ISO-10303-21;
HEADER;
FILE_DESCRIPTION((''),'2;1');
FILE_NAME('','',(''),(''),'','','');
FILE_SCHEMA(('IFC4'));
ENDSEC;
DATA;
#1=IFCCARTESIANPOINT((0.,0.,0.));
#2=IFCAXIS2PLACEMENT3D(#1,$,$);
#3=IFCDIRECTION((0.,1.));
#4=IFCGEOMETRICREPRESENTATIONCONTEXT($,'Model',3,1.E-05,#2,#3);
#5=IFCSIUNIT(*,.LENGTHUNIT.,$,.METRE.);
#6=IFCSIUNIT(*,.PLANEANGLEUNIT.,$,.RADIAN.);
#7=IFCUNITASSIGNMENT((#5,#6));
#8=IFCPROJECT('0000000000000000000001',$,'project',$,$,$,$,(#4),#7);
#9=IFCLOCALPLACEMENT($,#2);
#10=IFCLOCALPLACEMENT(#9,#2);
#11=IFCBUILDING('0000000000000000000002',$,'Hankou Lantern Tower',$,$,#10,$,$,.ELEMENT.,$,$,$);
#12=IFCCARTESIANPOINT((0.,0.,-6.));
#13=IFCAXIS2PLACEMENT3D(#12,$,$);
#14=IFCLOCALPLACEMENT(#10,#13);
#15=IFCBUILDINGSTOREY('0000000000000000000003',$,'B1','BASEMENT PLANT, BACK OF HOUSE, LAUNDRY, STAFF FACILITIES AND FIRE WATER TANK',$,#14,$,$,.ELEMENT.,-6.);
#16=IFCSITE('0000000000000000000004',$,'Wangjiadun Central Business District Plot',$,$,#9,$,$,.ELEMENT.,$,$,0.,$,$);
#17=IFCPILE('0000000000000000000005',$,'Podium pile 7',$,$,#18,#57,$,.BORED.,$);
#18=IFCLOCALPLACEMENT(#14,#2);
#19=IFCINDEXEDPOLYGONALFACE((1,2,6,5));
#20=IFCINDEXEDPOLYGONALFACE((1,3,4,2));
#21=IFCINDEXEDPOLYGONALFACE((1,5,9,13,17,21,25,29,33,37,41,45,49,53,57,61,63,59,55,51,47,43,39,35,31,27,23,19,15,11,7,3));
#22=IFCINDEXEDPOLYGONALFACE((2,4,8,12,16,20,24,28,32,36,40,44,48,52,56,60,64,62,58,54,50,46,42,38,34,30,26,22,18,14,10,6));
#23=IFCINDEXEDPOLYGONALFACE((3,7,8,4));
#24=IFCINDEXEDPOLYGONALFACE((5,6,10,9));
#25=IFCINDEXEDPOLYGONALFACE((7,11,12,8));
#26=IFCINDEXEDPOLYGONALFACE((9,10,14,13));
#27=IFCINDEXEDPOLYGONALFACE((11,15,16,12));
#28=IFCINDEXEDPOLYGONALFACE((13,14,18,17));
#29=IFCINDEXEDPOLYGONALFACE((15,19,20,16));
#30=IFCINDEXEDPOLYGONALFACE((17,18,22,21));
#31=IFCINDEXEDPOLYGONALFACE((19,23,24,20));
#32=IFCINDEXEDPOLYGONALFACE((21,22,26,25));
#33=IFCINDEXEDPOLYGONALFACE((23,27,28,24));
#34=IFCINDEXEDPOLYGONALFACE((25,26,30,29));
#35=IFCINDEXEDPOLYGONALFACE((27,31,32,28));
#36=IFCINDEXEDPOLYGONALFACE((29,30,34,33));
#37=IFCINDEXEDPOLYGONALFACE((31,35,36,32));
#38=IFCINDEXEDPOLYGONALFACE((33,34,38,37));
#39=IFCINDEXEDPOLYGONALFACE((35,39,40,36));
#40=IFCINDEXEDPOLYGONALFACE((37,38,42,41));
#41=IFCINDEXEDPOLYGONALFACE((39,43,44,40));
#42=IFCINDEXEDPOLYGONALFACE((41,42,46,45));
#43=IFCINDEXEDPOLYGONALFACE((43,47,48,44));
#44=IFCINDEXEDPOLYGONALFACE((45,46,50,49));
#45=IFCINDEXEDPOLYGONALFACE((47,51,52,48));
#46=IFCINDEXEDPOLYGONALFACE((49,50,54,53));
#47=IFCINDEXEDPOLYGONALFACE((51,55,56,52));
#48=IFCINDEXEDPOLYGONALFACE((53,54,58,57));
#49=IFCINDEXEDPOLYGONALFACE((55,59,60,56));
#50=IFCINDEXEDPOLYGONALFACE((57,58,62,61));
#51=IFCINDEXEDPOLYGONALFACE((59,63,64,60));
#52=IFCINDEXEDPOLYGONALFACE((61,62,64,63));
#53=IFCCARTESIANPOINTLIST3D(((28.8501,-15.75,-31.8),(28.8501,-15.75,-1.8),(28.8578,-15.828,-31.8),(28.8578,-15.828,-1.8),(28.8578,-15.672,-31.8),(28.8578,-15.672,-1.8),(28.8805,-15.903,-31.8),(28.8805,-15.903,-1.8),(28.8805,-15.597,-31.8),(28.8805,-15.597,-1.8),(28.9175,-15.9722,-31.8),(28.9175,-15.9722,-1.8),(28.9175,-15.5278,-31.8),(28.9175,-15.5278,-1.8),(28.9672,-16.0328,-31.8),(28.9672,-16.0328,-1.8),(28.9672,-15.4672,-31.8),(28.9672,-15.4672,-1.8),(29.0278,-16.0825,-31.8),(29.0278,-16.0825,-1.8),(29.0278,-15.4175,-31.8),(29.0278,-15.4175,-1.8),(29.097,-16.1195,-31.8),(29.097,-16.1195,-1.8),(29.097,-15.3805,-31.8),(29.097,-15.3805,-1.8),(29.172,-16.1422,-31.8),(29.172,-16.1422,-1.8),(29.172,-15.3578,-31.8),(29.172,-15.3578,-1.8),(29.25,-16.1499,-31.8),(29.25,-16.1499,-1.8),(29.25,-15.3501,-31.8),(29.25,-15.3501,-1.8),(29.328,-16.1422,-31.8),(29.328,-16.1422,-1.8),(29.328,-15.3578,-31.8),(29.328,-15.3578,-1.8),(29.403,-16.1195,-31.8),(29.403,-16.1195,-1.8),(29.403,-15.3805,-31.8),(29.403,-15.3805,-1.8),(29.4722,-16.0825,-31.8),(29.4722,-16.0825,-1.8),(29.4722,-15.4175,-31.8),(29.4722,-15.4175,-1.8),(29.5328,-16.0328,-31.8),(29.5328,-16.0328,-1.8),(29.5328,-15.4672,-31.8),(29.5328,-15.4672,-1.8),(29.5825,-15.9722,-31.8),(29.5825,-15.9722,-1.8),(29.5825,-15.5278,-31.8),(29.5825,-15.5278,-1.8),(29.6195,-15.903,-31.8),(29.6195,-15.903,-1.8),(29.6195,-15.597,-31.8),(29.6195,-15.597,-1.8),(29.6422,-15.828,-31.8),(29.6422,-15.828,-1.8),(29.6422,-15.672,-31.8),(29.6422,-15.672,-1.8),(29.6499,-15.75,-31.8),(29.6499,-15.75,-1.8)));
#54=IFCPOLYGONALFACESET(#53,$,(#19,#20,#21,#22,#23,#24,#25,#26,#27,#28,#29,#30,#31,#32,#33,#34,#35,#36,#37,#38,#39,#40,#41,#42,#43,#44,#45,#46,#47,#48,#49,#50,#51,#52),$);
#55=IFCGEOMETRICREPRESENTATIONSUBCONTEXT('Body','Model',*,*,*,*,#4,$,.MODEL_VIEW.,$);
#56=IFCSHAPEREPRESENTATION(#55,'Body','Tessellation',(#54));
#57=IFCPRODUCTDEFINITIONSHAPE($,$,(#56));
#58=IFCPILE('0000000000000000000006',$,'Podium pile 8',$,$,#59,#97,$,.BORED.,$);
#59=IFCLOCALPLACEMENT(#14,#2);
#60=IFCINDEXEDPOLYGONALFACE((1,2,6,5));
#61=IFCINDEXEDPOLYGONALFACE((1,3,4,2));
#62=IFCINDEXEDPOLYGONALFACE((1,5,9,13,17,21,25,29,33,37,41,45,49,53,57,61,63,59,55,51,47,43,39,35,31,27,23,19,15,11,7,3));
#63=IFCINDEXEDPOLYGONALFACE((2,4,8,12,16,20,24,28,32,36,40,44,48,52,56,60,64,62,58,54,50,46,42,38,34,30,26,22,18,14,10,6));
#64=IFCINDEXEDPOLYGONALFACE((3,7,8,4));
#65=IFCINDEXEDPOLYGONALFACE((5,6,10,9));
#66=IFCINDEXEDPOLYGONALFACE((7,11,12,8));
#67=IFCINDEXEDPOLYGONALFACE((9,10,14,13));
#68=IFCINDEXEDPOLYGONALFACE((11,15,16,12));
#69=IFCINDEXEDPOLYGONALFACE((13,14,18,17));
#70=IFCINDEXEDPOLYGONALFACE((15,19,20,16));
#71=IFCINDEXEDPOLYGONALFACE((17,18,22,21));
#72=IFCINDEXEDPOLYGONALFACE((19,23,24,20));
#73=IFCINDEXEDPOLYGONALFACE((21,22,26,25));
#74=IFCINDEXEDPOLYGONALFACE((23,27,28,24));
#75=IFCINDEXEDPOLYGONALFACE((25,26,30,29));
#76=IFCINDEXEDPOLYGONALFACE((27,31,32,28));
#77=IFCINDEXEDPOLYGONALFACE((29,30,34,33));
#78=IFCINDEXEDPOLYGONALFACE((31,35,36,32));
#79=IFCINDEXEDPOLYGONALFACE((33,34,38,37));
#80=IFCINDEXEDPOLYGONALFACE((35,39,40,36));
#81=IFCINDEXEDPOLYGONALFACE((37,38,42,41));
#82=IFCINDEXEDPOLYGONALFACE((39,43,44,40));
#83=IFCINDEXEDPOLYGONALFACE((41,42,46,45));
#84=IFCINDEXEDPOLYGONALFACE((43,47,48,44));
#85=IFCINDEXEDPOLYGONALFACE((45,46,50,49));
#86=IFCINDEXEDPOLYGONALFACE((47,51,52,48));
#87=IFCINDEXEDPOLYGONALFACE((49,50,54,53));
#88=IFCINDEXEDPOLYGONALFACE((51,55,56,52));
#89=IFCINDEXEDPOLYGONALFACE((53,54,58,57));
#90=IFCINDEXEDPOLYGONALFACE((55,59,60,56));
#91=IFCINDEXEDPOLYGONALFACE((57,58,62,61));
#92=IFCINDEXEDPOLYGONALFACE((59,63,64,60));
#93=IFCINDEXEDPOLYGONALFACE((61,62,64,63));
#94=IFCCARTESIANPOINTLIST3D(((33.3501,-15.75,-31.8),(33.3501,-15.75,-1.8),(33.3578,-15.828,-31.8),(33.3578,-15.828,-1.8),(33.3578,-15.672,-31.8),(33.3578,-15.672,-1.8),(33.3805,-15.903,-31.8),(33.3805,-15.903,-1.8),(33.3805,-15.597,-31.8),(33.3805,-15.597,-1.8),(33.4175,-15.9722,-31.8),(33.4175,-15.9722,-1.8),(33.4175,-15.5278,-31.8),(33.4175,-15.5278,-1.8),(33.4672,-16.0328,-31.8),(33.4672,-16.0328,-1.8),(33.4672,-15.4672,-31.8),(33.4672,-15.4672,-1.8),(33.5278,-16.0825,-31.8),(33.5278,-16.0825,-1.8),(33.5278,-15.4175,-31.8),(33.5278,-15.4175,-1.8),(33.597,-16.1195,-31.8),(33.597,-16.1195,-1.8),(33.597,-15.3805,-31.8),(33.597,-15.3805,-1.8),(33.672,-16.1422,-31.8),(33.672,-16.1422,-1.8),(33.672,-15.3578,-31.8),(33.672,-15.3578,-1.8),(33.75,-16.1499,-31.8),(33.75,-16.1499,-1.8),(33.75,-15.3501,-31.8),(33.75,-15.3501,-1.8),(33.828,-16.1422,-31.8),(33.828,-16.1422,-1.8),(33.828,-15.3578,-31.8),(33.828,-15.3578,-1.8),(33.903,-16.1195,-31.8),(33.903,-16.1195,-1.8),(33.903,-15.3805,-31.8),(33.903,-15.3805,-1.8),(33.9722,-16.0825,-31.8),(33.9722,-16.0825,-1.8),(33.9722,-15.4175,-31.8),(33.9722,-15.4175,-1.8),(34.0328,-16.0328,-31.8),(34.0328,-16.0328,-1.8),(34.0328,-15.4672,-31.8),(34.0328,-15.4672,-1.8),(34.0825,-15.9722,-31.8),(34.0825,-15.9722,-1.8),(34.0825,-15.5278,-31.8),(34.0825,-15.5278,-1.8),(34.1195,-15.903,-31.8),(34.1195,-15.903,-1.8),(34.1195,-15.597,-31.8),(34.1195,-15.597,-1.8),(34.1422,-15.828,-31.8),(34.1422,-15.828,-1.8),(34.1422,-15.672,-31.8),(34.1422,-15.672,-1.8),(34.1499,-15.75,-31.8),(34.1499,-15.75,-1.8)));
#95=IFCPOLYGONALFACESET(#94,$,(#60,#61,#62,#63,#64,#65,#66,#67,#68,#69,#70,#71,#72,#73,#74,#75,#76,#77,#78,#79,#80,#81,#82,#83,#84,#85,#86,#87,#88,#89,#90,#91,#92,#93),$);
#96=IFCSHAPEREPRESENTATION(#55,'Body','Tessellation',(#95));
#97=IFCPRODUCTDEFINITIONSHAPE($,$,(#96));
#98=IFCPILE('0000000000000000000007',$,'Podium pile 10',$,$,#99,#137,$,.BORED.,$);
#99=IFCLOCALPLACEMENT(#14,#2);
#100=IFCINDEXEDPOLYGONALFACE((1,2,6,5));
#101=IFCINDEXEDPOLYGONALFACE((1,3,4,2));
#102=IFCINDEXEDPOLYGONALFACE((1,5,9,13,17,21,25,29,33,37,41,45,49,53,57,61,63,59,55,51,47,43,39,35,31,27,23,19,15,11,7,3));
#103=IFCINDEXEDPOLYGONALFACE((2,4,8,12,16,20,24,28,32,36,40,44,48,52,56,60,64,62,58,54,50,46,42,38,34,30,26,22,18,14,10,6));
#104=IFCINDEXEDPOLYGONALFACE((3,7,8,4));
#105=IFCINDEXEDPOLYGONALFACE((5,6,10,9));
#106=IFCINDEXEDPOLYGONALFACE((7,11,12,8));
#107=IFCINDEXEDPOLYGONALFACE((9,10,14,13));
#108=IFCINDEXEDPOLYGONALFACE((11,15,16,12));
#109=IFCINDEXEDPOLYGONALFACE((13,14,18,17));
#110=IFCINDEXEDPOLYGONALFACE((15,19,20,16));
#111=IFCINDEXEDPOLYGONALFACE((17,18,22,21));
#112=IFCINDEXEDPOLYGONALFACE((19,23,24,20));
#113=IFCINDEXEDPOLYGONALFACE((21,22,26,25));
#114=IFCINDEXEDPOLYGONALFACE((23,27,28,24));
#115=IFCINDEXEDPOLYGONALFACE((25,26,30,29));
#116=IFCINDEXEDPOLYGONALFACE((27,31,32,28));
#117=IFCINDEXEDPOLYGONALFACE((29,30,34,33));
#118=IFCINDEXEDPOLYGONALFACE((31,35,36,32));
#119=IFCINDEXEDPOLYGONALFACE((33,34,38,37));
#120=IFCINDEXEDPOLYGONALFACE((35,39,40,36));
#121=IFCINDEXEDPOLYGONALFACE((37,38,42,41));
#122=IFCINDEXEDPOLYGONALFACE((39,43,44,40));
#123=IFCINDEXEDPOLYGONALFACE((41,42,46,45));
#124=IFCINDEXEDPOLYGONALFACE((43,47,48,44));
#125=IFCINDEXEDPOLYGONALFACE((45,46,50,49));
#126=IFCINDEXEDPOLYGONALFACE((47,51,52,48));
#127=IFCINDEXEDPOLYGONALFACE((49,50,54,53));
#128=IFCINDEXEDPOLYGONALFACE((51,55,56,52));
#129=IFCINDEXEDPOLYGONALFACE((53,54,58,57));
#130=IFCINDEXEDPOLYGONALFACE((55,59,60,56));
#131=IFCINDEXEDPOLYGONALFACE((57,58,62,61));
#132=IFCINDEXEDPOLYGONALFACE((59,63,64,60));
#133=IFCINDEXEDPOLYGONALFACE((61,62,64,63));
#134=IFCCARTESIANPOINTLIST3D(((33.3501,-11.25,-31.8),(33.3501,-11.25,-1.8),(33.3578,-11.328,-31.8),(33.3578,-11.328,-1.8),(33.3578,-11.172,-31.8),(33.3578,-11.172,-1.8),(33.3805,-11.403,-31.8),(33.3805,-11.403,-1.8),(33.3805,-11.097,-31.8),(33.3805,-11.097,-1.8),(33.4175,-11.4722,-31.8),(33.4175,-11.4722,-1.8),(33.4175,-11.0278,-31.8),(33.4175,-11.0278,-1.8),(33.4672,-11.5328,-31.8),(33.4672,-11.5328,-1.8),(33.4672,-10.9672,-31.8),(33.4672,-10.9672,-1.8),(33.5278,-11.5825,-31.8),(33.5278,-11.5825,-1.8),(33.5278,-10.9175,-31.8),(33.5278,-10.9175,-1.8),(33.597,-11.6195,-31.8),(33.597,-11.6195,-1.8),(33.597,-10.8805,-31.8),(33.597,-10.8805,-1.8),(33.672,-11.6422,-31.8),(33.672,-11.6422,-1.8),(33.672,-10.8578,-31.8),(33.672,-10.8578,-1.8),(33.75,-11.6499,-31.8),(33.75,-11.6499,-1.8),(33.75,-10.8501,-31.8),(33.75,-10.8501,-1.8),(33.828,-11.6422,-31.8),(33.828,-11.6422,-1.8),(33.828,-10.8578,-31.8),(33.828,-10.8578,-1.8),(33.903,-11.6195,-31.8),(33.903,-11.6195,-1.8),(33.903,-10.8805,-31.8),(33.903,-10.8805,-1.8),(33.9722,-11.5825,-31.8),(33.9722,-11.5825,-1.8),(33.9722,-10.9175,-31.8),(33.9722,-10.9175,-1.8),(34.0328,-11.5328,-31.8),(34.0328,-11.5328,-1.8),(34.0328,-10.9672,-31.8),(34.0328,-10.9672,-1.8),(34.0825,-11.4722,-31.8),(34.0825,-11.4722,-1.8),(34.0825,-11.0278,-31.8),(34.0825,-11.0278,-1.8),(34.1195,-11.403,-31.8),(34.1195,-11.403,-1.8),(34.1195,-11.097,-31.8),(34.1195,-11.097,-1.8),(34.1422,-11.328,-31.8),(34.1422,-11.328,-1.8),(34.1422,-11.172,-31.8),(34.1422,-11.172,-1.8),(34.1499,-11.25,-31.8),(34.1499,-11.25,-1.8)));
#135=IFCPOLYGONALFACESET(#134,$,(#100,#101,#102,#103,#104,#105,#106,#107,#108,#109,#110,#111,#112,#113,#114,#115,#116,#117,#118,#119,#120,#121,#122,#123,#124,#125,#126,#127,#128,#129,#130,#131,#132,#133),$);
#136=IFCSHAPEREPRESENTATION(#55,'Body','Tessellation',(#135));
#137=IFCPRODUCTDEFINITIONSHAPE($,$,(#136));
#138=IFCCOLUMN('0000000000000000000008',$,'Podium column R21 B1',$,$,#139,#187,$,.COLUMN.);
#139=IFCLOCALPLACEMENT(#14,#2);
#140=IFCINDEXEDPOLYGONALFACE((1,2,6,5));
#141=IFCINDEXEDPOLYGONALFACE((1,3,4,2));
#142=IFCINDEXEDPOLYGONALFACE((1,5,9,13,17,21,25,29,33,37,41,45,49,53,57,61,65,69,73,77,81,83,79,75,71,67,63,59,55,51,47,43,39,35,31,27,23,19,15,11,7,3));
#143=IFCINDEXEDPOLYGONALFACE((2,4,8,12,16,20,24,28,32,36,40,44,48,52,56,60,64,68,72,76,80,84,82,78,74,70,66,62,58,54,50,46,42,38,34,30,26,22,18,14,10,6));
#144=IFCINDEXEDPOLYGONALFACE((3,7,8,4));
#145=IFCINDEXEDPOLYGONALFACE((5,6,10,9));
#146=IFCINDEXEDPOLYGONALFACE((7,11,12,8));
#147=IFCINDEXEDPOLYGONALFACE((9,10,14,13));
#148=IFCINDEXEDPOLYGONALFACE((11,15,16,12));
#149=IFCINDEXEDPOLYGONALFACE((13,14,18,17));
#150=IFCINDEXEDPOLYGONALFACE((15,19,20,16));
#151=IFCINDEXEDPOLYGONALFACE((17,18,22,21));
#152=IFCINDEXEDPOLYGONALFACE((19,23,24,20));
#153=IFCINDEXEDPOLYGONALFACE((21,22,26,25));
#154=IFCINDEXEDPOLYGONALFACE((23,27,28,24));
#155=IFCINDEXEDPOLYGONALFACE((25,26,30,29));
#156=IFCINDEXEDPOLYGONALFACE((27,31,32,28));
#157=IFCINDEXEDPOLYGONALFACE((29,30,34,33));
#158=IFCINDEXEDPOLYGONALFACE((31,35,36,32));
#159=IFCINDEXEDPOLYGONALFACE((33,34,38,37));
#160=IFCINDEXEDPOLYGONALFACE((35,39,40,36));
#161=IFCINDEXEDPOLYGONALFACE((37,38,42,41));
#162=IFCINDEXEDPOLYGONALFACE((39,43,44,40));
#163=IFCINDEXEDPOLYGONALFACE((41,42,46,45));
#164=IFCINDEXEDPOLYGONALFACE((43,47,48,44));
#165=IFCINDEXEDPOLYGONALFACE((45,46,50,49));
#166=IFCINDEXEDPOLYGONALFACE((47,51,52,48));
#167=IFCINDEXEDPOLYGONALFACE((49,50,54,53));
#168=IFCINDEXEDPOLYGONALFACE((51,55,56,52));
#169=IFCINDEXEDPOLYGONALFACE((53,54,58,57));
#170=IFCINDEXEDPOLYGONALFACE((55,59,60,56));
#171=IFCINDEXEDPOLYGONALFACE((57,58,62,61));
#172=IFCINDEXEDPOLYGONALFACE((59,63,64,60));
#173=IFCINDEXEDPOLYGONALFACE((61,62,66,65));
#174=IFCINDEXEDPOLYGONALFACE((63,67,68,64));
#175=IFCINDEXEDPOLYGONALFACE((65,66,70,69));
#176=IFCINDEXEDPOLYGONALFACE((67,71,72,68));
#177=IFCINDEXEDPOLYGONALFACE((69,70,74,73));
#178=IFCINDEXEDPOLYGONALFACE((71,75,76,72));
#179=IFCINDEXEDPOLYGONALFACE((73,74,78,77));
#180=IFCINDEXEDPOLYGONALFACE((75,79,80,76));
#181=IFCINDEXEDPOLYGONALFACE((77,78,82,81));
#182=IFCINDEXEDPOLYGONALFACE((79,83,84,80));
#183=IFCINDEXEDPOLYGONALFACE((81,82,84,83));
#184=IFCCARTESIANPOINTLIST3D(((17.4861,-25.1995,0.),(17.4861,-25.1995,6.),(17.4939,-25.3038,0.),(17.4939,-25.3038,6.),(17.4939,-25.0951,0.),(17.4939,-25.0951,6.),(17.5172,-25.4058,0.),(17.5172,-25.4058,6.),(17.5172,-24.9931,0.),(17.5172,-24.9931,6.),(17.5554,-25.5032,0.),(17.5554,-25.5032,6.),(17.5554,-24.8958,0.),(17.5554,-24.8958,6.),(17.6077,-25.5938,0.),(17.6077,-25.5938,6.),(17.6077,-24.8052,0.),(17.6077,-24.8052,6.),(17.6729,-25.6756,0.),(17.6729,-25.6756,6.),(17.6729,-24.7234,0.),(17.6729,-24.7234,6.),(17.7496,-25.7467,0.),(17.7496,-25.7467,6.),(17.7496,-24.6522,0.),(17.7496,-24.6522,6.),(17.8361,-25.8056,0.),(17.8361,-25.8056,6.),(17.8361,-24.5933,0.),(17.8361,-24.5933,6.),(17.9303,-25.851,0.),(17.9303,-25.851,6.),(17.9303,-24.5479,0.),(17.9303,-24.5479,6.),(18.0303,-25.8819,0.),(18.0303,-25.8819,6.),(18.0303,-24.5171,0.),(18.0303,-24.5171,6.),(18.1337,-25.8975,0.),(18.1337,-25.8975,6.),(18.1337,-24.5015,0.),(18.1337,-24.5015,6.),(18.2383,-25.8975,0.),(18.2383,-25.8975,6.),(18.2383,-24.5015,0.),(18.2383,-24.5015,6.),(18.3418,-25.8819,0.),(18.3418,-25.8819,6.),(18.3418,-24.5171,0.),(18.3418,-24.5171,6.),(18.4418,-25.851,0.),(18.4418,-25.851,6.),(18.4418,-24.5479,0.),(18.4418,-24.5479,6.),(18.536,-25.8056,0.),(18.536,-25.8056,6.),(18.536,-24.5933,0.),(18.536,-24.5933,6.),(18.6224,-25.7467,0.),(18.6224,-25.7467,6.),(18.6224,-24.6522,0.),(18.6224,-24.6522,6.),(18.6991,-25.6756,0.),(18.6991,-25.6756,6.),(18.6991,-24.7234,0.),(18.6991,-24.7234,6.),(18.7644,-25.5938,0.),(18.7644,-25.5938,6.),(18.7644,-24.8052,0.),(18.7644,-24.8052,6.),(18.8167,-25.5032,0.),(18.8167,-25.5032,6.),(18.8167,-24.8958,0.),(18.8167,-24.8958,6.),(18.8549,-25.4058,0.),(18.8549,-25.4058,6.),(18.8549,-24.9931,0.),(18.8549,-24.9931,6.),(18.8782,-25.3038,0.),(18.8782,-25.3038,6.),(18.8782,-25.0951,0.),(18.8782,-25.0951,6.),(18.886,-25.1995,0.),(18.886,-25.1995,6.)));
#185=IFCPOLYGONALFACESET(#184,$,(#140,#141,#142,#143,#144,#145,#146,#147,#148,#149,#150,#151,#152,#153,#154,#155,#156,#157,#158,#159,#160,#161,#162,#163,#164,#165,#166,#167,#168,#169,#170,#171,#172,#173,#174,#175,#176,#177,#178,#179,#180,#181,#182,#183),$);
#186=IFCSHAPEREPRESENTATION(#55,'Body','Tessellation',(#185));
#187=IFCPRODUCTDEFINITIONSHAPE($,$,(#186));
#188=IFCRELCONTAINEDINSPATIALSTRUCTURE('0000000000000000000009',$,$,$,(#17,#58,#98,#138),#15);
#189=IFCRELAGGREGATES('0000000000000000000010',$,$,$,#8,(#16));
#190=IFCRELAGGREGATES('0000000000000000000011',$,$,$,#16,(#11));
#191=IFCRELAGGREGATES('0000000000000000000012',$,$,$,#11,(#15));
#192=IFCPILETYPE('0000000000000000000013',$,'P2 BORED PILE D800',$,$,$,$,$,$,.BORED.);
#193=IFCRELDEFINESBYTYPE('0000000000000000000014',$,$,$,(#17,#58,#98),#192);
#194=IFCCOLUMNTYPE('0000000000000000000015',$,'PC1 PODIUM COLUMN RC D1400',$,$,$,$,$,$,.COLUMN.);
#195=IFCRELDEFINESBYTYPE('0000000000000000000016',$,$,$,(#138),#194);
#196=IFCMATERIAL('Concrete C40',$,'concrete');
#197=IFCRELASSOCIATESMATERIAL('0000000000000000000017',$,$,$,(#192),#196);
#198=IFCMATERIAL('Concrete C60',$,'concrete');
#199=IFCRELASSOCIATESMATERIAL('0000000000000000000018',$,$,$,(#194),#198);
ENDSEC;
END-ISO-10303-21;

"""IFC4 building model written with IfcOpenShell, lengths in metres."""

from ifc_helpers import new_model, si_unit, direction, frame, origin, origin_2d, place, context, subcontext, project, spatial, circle, extrude, material, material_profile, profile_set, type_object, element, save


model = new_model("IFC4")

# Units and contexts
model_context = context("Model", 3, precision=1e-05, world=origin(), true_north=direction((0.0, 1.0)))
body_context = subcontext(model_context, "Body", "Model", "MODEL_VIEW")
ifc_project = project(units=[si_unit("LENGTHUNIT", "METRE"), si_unit("PLANEANGLEUNIT", "RADIAN")], contexts=[model_context])

# Site, building, storey
site_placement = place(None, origin())
site = spatial("IfcSite", under=ifc_project, at=site_placement, Name="Wangjiadun Central Business District Plot", CompositionType="ELEMENT", RefElevation=0.0)
building_placement = place(site_placement, origin())
building = spatial("IfcBuilding", under=site, at=building_placement, Name="Hankou Lantern Tower", CompositionType="ELEMENT")
storey_placement = place(building_placement, frame((0.0, 0.0, -6.0)))
storey = spatial("IfcBuildingStorey", under=building, at=storey_placement, Name="B1", Description="BASEMENT PLANT, BACK OF HOUSE, LAUNDRY, STAFF FACILITIES AND FIRE WATER TANK", CompositionType="ELEMENT", Elevation=-6.0)

# Piles
ifc_material_1 = material(Name="Concrete C40", Category="concrete")
ifc_material_profile_1 = material_profile(ifc_material_1, circle(Radius=0.3999, at=origin_2d()), Name="RC D800")
ifc_profile_set_1 = profile_set([ifc_material_profile_1], Name="Concrete C40")
pile_type_1 = type_object("IfcPileType", Name="P2 BORED PILE D800", PredefinedType="BORED", material=ifc_profile_set_1)
for number, where, z_axis, x_axis, name in (
    (1, (29.25, -15.75, -1.8), (0.0, 0.0, -1.0), (1.0, 0.0, 0.0), "Podium pile 7"),
    (2, (33.75, -15.75, -1.8), (0.0, 0.0, -1.0), (1.0, 0.0, 0.0), "Podium pile 8"),
    (3, (33.75, -11.25, -1.8), (0.0, 0.0, -1.0), (1.0, 0.0, 0.0), "Podium pile 10"),
):
    element("IfcPile", number, at=place(storey_placement, frame(where, z_axis=z_axis, x_axis=x_axis)), inside=storey, type_object=pile_type_1, Name=name, PredefinedType="BORED", context=body_context, shape_type="SweptSolid", body=[
        extrude(circle(Radius=0.3999, at=origin_2d()), origin(), (0.0, 0.0, 1.0), 30.0),
    ])

# Column
ifc_material_2 = material(Name="Concrete C60", Category="concrete")
ifc_material_profile_2 = material_profile(ifc_material_2, circle(Radius=0.7, at=origin_2d()), Name="RC D1400")
ifc_profile_set_2 = profile_set([ifc_material_profile_2], Name="Concrete C60")
column_type = type_object("IfcColumnType", Name="PC1 PODIUM COLUMN RC D1400", PredefinedType="COLUMN", material=ifc_profile_set_2)
for number, where, z_axis, x_axis, name in (
    (4, (18.186, -25.1995, 0.0), (0.0, 0.0, 1.0), (1.0, 0.0, 0.0), "Podium column R21 B1"),
):
    element("IfcColumn", number, at=place(storey_placement, frame(where, z_axis=z_axis, x_axis=x_axis)), inside=storey, type_object=column_type, Name=name, PredefinedType="COLUMN", context=body_context, shape_type="SweptSolid", body=[
        extrude(circle(Radius=0.7, at=origin_2d()), origin(), (0.0, 0.0, 1.0), 6.0),
    ])

save(model, "model.ifc")
